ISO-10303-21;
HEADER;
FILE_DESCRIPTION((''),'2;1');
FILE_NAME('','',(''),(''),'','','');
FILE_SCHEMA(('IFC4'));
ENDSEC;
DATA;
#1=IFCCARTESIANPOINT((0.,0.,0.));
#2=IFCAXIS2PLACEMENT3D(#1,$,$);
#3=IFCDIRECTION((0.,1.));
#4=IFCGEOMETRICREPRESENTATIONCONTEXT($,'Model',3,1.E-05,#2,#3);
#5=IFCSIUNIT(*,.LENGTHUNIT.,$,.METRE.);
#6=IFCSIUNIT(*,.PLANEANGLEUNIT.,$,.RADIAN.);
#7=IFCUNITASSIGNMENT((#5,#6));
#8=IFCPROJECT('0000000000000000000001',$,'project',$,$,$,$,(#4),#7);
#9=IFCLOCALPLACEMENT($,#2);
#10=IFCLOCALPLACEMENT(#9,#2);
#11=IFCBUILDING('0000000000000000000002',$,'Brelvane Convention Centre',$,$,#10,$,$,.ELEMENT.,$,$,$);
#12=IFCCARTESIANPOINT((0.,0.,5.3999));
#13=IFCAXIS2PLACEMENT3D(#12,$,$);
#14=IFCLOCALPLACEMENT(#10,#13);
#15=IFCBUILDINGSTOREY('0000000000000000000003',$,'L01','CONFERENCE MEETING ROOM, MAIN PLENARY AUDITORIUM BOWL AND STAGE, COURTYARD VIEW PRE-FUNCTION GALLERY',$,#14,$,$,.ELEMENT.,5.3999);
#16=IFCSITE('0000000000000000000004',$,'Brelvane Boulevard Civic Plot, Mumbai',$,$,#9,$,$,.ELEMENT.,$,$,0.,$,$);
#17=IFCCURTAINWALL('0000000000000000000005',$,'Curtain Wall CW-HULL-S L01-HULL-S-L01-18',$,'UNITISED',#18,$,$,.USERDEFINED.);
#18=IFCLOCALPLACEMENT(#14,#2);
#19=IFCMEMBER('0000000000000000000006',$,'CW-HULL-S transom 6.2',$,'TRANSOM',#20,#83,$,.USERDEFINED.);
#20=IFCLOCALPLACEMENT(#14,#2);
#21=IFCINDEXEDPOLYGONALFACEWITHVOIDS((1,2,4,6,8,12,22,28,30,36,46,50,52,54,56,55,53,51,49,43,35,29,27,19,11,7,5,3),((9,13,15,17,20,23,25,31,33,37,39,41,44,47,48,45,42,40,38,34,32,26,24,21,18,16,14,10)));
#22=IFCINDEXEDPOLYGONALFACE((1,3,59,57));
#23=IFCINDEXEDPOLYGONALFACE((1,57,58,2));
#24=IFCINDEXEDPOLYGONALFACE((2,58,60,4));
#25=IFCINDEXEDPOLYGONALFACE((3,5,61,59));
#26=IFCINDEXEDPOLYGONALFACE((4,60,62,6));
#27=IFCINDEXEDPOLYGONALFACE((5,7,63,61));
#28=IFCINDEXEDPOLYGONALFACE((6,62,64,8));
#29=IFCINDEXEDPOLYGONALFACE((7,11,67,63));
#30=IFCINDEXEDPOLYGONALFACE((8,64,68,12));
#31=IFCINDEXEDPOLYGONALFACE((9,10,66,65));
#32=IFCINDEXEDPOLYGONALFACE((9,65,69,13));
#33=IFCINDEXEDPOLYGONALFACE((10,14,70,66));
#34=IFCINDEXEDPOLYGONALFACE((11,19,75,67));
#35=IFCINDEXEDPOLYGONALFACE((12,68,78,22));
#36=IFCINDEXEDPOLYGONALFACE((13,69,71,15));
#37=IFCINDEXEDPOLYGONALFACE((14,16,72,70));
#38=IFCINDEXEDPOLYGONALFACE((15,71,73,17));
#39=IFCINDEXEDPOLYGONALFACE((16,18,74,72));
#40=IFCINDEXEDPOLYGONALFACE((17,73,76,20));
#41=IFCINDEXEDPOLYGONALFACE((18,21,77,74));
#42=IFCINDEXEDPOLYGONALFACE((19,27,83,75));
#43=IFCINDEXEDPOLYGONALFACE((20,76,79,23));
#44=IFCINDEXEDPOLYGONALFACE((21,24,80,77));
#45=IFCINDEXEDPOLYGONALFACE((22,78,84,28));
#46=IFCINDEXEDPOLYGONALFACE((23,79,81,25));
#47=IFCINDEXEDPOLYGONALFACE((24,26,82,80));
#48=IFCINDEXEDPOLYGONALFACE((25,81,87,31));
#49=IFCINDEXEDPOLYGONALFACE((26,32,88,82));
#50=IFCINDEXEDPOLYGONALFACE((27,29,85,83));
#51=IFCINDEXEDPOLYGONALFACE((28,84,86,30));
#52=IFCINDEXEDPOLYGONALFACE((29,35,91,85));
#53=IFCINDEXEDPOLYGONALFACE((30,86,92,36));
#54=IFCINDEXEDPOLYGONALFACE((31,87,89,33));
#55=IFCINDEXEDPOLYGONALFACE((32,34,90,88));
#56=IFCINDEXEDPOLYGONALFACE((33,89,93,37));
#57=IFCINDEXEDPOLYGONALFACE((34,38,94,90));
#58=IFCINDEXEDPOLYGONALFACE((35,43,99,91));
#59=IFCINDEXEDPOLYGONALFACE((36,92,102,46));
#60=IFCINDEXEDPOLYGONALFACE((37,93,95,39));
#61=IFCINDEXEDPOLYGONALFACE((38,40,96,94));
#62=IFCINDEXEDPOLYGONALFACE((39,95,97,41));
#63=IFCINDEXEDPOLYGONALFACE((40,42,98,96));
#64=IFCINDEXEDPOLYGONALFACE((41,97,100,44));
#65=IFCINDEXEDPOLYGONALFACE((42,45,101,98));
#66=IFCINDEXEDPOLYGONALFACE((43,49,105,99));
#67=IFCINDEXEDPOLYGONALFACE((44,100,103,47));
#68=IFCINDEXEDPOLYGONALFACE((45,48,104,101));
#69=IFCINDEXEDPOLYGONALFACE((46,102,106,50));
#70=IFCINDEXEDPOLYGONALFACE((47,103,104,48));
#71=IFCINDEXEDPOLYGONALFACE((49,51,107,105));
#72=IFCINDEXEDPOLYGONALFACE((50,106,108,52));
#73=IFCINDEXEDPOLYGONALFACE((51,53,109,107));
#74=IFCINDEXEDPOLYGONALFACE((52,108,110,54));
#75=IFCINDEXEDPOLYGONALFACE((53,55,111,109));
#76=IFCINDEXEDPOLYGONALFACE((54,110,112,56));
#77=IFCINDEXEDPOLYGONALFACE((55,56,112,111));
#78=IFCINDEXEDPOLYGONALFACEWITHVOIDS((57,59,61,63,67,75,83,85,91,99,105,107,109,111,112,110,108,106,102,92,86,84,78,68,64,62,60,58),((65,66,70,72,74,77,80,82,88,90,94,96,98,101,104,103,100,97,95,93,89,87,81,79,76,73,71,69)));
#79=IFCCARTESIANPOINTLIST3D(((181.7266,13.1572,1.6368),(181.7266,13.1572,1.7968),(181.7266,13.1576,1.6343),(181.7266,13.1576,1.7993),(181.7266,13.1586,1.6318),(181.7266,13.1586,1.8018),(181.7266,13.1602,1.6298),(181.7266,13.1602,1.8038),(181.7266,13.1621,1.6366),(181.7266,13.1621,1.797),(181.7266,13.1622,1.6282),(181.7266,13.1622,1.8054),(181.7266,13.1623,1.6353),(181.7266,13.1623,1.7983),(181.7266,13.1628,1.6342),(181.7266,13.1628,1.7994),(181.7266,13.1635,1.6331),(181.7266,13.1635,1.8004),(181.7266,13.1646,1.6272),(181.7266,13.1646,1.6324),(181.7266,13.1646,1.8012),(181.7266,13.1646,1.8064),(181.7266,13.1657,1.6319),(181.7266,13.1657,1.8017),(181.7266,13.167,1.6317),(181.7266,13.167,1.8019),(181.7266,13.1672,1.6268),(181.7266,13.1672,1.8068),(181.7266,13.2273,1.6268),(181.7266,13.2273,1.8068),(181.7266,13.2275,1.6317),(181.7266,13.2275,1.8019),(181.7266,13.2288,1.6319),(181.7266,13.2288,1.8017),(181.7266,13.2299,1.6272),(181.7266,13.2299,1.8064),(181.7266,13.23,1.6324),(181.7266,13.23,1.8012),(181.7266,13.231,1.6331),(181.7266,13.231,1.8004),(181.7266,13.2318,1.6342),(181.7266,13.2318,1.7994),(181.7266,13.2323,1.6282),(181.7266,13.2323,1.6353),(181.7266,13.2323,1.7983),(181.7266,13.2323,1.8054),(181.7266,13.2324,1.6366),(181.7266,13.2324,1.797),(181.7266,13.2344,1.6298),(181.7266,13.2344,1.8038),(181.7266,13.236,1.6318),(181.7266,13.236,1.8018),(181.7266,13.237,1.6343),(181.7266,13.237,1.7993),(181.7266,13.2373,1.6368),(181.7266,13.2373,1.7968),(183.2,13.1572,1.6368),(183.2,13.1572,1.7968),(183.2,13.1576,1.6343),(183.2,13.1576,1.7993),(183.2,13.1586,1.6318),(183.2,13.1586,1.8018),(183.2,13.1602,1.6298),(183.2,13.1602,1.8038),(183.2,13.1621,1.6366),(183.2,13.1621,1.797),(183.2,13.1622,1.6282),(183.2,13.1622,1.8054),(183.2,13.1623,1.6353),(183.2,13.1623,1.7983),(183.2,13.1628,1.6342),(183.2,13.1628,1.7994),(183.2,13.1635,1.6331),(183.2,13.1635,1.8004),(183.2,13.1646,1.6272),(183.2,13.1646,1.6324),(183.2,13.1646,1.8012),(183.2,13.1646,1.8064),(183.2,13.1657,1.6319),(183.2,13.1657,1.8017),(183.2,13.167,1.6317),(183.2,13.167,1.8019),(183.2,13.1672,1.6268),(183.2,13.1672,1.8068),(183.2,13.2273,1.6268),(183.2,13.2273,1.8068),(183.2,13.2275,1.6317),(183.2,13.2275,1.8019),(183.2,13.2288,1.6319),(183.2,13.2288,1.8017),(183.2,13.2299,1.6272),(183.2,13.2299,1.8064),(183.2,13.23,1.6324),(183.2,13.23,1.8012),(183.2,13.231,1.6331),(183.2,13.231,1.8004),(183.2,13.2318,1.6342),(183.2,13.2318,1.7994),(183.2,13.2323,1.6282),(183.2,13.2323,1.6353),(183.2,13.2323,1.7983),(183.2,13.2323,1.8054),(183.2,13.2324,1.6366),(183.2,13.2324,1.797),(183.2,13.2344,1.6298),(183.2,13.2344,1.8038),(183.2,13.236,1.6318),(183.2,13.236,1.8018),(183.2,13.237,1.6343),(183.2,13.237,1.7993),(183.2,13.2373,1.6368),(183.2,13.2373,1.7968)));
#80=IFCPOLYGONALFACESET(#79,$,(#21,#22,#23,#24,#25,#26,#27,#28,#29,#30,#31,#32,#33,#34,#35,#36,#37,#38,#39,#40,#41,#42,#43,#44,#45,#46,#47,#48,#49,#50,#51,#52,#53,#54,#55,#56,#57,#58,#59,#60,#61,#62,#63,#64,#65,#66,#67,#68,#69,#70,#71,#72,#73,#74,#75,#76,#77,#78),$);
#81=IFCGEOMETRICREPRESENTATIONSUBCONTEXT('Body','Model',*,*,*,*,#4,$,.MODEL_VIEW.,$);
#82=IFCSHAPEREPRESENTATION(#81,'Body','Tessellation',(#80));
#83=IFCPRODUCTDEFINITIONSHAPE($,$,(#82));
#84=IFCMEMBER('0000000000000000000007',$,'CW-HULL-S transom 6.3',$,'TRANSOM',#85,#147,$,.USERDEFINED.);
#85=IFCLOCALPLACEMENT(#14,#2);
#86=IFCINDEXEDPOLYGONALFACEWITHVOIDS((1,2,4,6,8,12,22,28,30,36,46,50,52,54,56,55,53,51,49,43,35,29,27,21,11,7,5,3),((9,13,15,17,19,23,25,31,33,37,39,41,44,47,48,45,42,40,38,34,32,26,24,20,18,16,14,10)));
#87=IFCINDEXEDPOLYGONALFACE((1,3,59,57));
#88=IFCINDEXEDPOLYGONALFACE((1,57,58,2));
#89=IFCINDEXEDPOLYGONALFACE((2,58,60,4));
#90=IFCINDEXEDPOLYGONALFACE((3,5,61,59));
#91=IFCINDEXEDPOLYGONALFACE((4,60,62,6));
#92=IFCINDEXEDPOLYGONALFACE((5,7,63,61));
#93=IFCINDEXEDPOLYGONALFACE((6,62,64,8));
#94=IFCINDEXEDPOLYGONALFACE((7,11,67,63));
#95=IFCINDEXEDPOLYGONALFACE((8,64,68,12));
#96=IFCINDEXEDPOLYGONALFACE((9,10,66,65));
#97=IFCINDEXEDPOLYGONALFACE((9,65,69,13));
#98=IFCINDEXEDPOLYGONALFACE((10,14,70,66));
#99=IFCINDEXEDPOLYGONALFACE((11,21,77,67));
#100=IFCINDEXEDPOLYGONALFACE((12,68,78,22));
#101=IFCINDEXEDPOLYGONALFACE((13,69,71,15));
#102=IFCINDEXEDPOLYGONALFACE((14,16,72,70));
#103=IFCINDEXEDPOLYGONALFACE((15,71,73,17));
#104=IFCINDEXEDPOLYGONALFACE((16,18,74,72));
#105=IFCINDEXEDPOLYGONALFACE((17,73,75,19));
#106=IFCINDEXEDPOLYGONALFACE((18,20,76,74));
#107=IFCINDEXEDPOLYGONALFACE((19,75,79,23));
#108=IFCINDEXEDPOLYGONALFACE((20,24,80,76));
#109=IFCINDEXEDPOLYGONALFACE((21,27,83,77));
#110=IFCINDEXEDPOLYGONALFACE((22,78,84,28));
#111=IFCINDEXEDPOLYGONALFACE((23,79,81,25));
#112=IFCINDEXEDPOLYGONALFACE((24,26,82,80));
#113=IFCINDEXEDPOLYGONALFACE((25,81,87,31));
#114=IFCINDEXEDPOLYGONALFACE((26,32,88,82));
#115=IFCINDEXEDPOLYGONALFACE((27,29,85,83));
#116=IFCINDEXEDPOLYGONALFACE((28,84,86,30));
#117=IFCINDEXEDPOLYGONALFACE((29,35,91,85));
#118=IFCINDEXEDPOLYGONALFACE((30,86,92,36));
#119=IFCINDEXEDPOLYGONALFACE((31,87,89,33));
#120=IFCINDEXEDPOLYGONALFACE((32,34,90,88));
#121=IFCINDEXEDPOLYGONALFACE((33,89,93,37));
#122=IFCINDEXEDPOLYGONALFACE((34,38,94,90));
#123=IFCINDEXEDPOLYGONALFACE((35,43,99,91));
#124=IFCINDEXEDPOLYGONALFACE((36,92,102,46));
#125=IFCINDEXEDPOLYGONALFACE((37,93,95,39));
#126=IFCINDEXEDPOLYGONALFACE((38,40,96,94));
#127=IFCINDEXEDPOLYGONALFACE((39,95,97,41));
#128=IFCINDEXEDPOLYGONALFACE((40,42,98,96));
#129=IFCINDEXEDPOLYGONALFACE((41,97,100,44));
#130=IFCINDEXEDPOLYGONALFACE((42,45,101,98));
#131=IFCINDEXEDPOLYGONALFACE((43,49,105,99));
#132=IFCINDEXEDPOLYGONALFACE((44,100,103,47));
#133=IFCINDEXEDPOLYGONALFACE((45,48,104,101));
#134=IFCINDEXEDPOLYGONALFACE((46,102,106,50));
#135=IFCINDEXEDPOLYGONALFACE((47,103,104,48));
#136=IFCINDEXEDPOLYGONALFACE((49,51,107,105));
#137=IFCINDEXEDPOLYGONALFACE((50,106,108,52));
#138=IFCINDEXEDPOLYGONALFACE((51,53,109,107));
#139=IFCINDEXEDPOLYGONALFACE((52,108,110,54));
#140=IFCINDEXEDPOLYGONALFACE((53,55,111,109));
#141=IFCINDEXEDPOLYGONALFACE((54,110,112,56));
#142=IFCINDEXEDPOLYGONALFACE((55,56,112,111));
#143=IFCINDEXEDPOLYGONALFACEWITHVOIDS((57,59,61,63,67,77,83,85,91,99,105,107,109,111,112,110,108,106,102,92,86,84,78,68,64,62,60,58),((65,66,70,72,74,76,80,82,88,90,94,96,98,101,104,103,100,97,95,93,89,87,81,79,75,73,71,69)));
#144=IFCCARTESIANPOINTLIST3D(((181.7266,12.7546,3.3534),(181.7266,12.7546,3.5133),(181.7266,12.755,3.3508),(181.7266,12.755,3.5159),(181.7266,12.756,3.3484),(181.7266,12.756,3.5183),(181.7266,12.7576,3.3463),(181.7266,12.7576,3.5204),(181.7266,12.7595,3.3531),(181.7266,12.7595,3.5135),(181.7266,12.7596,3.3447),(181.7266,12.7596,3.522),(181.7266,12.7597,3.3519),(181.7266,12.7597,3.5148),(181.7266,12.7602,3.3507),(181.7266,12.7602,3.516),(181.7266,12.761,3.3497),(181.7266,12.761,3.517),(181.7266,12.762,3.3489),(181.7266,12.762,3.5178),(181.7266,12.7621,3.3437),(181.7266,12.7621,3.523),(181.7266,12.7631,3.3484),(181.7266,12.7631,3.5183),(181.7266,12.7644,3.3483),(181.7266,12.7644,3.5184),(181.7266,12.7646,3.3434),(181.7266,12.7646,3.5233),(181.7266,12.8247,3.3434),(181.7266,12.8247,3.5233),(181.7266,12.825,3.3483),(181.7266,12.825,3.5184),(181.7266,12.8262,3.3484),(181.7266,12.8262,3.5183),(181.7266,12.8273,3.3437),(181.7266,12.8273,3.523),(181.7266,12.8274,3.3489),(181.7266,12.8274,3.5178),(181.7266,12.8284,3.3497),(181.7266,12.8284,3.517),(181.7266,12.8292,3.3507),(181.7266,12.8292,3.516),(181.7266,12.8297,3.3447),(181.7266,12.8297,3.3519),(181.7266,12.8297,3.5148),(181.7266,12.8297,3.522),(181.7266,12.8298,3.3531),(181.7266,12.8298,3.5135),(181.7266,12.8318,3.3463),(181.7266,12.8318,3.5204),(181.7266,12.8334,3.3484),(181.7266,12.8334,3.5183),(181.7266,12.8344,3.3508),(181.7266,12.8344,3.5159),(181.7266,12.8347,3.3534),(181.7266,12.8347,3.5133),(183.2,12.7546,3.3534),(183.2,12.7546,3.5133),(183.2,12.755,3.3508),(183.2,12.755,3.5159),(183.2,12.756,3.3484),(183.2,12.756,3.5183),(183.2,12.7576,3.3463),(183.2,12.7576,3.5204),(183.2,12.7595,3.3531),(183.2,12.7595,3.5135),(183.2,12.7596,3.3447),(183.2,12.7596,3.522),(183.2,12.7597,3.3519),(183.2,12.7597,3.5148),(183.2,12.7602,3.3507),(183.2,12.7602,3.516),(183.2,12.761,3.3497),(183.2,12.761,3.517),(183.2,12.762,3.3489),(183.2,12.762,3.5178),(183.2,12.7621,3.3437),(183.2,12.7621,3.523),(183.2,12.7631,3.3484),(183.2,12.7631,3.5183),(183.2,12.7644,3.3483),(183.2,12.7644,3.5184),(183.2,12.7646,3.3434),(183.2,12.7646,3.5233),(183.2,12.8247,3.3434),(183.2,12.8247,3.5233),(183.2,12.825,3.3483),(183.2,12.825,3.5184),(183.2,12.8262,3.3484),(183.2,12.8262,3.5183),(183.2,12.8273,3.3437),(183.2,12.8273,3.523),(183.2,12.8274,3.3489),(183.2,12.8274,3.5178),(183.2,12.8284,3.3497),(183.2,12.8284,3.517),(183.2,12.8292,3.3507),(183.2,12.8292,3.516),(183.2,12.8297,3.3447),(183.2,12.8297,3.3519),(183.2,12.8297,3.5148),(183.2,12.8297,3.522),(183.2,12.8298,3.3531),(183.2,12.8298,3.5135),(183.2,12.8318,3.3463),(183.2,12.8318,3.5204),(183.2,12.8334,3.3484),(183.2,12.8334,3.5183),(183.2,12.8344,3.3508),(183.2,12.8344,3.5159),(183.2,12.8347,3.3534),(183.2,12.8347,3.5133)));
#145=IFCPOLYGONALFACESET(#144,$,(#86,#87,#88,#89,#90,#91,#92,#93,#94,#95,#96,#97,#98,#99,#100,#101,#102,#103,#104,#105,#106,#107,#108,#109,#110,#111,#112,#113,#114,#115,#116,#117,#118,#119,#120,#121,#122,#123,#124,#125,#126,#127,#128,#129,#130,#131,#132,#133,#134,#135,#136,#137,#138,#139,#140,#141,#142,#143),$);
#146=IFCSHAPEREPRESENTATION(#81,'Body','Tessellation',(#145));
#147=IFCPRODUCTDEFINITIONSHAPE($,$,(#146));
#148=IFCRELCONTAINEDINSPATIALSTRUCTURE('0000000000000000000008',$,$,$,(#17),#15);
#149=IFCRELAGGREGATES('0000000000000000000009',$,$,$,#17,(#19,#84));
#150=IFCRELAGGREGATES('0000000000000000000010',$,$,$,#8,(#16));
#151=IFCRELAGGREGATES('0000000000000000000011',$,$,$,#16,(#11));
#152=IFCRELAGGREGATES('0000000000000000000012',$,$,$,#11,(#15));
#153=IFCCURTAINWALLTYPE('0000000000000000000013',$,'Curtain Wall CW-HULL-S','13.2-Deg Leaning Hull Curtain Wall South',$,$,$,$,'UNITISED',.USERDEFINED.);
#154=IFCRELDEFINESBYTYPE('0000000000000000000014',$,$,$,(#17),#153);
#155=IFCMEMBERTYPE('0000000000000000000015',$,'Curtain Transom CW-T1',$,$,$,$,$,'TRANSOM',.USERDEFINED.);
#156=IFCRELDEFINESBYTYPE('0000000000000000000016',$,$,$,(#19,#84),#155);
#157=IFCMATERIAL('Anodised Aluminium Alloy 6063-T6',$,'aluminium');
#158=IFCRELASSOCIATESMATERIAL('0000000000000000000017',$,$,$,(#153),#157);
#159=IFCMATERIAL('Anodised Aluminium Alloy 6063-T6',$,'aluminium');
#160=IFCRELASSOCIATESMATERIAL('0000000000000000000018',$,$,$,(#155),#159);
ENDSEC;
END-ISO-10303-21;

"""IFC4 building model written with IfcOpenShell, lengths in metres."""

from ifc_helpers import new_model, si_unit, direction, frame, origin, origin_2d, place, context, subcontext, project, spatial, hollow_rectangle, extrude, material, material_profile, profile_set, type_object, element, aggregate, save


model = new_model("IFC4")

# Units and contexts
model_context = context("Model", 3, precision=1e-05, world=origin(), true_north=direction((0.0, 1.0)))
body_context = subcontext(model_context, "Body", "Model", "MODEL_VIEW")
ifc_project = project(units=[si_unit("LENGTHUNIT", "METRE"), si_unit("PLANEANGLEUNIT", "RADIAN")], contexts=[model_context])

# Site, building, storey
site_placement = place(None, origin())
site = spatial("IfcSite", under=ifc_project, at=site_placement, Name="Brelvane Boulevard Civic Plot, Mumbai", CompositionType="ELEMENT", RefElevation=0.0)
building_placement = place(site_placement, origin())
building = spatial("IfcBuilding", under=site, at=building_placement, Name="Brelvane Convention Centre", CompositionType="ELEMENT")
storey_placement = place(building_placement, frame((0.0, 0.0, 5.3999)))
storey = spatial("IfcBuildingStorey", under=building, at=storey_placement, Name="L01", Description="CONFERENCE MEETING ROOM, MAIN PLENARY AUDITORIUM BOWL AND STAGE, COURTYARD VIEW PRE-FUNCTION GALLERY", CompositionType="ELEMENT", Elevation=5.3999)

# Curtain wall, members
ifc_material_1 = material(Name="Anodised Aluminium Alloy 6063-T6", Category="aluminium")
curtain_wall_type = type_object("IfcCurtainWallType", Name="Curtain Wall CW-HULL-S", Description="13.2-Deg Leaning Hull Curtain Wall South", ElementType="UNITISED", PredefinedType="USERDEFINED", material=ifc_material_1)
curtain_wall_1_placement = place(storey_placement, origin())
curtain_wall_1 = element("IfcCurtainWall", 1, at=curtain_wall_1_placement, inside=storey, type_object=curtain_wall_type, Name="Curtain Wall CW-HULL-S L01-HULL-S-L01-18", ObjectType="UNITISED", PredefinedType="USERDEFINED")
ifc_material_2 = material(Name="Anodised Aluminium Alloy 6063-T6", Category="aluminium")
ifc_material_profile = material_profile(ifc_material_2, hollow_rectangle(XDim=0.0801, YDim=0.1799, WallThickness=0.0049, InnerFilletRadius=0.0049, OuterFilletRadius=0.01, at=origin_2d()), Name="ALU-T 180x80x5.0")
ifc_profile_set = profile_set([ifc_material_profile], Name="Anodised Aluminium Alloy 6063-T6")
member_type = type_object("IfcMemberType", Name="Curtain Transom CW-T1", ElementType="TRANSOM", PredefinedType="USERDEFINED", material=ifc_profile_set)
member_1_placement = place(storey_placement, frame((181.7266, 13.1973, 1.7168), z_axis=(1.0, 0.0, 0.0), x_axis=(0.0, 1.0, 0.0)))
member_1 = element("IfcMember", 2, at=member_1_placement, type_object=member_type, Name="CW-HULL-S transom 6.2", ObjectType="TRANSOM", PredefinedType="USERDEFINED", context=body_context, shape_type="SweptSolid", body=[
    extrude(hollow_rectangle(XDim=0.0801, YDim=0.1799, WallThickness=0.0049, InnerFilletRadius=0.0049, OuterFilletRadius=0.01, at=origin_2d()), origin(), (0.0, 0.0, 1.0), 1.4734),
])
member_2_placement = place(storey_placement, frame((181.7266, 12.7947, 3.4333), z_axis=(1.0, 0.0, 0.0), x_axis=(0.0, 1.0, 0.0)))
member_2 = element("IfcMember", 3, at=member_2_placement, type_object=member_type, Name="CW-HULL-S transom 6.3", ObjectType="TRANSOM", PredefinedType="USERDEFINED", context=body_context, shape_type="SweptSolid", body=[
    extrude(hollow_rectangle(XDim=0.0801, YDim=0.1799, WallThickness=0.0049, InnerFilletRadius=0.0049, OuterFilletRadius=0.01, at=origin_2d()), origin(), (0.0, 0.0, 1.0), 1.4734),
])

aggregate(curtain_wall_1, [member_1, member_2])

save(model, "model.ifc")
